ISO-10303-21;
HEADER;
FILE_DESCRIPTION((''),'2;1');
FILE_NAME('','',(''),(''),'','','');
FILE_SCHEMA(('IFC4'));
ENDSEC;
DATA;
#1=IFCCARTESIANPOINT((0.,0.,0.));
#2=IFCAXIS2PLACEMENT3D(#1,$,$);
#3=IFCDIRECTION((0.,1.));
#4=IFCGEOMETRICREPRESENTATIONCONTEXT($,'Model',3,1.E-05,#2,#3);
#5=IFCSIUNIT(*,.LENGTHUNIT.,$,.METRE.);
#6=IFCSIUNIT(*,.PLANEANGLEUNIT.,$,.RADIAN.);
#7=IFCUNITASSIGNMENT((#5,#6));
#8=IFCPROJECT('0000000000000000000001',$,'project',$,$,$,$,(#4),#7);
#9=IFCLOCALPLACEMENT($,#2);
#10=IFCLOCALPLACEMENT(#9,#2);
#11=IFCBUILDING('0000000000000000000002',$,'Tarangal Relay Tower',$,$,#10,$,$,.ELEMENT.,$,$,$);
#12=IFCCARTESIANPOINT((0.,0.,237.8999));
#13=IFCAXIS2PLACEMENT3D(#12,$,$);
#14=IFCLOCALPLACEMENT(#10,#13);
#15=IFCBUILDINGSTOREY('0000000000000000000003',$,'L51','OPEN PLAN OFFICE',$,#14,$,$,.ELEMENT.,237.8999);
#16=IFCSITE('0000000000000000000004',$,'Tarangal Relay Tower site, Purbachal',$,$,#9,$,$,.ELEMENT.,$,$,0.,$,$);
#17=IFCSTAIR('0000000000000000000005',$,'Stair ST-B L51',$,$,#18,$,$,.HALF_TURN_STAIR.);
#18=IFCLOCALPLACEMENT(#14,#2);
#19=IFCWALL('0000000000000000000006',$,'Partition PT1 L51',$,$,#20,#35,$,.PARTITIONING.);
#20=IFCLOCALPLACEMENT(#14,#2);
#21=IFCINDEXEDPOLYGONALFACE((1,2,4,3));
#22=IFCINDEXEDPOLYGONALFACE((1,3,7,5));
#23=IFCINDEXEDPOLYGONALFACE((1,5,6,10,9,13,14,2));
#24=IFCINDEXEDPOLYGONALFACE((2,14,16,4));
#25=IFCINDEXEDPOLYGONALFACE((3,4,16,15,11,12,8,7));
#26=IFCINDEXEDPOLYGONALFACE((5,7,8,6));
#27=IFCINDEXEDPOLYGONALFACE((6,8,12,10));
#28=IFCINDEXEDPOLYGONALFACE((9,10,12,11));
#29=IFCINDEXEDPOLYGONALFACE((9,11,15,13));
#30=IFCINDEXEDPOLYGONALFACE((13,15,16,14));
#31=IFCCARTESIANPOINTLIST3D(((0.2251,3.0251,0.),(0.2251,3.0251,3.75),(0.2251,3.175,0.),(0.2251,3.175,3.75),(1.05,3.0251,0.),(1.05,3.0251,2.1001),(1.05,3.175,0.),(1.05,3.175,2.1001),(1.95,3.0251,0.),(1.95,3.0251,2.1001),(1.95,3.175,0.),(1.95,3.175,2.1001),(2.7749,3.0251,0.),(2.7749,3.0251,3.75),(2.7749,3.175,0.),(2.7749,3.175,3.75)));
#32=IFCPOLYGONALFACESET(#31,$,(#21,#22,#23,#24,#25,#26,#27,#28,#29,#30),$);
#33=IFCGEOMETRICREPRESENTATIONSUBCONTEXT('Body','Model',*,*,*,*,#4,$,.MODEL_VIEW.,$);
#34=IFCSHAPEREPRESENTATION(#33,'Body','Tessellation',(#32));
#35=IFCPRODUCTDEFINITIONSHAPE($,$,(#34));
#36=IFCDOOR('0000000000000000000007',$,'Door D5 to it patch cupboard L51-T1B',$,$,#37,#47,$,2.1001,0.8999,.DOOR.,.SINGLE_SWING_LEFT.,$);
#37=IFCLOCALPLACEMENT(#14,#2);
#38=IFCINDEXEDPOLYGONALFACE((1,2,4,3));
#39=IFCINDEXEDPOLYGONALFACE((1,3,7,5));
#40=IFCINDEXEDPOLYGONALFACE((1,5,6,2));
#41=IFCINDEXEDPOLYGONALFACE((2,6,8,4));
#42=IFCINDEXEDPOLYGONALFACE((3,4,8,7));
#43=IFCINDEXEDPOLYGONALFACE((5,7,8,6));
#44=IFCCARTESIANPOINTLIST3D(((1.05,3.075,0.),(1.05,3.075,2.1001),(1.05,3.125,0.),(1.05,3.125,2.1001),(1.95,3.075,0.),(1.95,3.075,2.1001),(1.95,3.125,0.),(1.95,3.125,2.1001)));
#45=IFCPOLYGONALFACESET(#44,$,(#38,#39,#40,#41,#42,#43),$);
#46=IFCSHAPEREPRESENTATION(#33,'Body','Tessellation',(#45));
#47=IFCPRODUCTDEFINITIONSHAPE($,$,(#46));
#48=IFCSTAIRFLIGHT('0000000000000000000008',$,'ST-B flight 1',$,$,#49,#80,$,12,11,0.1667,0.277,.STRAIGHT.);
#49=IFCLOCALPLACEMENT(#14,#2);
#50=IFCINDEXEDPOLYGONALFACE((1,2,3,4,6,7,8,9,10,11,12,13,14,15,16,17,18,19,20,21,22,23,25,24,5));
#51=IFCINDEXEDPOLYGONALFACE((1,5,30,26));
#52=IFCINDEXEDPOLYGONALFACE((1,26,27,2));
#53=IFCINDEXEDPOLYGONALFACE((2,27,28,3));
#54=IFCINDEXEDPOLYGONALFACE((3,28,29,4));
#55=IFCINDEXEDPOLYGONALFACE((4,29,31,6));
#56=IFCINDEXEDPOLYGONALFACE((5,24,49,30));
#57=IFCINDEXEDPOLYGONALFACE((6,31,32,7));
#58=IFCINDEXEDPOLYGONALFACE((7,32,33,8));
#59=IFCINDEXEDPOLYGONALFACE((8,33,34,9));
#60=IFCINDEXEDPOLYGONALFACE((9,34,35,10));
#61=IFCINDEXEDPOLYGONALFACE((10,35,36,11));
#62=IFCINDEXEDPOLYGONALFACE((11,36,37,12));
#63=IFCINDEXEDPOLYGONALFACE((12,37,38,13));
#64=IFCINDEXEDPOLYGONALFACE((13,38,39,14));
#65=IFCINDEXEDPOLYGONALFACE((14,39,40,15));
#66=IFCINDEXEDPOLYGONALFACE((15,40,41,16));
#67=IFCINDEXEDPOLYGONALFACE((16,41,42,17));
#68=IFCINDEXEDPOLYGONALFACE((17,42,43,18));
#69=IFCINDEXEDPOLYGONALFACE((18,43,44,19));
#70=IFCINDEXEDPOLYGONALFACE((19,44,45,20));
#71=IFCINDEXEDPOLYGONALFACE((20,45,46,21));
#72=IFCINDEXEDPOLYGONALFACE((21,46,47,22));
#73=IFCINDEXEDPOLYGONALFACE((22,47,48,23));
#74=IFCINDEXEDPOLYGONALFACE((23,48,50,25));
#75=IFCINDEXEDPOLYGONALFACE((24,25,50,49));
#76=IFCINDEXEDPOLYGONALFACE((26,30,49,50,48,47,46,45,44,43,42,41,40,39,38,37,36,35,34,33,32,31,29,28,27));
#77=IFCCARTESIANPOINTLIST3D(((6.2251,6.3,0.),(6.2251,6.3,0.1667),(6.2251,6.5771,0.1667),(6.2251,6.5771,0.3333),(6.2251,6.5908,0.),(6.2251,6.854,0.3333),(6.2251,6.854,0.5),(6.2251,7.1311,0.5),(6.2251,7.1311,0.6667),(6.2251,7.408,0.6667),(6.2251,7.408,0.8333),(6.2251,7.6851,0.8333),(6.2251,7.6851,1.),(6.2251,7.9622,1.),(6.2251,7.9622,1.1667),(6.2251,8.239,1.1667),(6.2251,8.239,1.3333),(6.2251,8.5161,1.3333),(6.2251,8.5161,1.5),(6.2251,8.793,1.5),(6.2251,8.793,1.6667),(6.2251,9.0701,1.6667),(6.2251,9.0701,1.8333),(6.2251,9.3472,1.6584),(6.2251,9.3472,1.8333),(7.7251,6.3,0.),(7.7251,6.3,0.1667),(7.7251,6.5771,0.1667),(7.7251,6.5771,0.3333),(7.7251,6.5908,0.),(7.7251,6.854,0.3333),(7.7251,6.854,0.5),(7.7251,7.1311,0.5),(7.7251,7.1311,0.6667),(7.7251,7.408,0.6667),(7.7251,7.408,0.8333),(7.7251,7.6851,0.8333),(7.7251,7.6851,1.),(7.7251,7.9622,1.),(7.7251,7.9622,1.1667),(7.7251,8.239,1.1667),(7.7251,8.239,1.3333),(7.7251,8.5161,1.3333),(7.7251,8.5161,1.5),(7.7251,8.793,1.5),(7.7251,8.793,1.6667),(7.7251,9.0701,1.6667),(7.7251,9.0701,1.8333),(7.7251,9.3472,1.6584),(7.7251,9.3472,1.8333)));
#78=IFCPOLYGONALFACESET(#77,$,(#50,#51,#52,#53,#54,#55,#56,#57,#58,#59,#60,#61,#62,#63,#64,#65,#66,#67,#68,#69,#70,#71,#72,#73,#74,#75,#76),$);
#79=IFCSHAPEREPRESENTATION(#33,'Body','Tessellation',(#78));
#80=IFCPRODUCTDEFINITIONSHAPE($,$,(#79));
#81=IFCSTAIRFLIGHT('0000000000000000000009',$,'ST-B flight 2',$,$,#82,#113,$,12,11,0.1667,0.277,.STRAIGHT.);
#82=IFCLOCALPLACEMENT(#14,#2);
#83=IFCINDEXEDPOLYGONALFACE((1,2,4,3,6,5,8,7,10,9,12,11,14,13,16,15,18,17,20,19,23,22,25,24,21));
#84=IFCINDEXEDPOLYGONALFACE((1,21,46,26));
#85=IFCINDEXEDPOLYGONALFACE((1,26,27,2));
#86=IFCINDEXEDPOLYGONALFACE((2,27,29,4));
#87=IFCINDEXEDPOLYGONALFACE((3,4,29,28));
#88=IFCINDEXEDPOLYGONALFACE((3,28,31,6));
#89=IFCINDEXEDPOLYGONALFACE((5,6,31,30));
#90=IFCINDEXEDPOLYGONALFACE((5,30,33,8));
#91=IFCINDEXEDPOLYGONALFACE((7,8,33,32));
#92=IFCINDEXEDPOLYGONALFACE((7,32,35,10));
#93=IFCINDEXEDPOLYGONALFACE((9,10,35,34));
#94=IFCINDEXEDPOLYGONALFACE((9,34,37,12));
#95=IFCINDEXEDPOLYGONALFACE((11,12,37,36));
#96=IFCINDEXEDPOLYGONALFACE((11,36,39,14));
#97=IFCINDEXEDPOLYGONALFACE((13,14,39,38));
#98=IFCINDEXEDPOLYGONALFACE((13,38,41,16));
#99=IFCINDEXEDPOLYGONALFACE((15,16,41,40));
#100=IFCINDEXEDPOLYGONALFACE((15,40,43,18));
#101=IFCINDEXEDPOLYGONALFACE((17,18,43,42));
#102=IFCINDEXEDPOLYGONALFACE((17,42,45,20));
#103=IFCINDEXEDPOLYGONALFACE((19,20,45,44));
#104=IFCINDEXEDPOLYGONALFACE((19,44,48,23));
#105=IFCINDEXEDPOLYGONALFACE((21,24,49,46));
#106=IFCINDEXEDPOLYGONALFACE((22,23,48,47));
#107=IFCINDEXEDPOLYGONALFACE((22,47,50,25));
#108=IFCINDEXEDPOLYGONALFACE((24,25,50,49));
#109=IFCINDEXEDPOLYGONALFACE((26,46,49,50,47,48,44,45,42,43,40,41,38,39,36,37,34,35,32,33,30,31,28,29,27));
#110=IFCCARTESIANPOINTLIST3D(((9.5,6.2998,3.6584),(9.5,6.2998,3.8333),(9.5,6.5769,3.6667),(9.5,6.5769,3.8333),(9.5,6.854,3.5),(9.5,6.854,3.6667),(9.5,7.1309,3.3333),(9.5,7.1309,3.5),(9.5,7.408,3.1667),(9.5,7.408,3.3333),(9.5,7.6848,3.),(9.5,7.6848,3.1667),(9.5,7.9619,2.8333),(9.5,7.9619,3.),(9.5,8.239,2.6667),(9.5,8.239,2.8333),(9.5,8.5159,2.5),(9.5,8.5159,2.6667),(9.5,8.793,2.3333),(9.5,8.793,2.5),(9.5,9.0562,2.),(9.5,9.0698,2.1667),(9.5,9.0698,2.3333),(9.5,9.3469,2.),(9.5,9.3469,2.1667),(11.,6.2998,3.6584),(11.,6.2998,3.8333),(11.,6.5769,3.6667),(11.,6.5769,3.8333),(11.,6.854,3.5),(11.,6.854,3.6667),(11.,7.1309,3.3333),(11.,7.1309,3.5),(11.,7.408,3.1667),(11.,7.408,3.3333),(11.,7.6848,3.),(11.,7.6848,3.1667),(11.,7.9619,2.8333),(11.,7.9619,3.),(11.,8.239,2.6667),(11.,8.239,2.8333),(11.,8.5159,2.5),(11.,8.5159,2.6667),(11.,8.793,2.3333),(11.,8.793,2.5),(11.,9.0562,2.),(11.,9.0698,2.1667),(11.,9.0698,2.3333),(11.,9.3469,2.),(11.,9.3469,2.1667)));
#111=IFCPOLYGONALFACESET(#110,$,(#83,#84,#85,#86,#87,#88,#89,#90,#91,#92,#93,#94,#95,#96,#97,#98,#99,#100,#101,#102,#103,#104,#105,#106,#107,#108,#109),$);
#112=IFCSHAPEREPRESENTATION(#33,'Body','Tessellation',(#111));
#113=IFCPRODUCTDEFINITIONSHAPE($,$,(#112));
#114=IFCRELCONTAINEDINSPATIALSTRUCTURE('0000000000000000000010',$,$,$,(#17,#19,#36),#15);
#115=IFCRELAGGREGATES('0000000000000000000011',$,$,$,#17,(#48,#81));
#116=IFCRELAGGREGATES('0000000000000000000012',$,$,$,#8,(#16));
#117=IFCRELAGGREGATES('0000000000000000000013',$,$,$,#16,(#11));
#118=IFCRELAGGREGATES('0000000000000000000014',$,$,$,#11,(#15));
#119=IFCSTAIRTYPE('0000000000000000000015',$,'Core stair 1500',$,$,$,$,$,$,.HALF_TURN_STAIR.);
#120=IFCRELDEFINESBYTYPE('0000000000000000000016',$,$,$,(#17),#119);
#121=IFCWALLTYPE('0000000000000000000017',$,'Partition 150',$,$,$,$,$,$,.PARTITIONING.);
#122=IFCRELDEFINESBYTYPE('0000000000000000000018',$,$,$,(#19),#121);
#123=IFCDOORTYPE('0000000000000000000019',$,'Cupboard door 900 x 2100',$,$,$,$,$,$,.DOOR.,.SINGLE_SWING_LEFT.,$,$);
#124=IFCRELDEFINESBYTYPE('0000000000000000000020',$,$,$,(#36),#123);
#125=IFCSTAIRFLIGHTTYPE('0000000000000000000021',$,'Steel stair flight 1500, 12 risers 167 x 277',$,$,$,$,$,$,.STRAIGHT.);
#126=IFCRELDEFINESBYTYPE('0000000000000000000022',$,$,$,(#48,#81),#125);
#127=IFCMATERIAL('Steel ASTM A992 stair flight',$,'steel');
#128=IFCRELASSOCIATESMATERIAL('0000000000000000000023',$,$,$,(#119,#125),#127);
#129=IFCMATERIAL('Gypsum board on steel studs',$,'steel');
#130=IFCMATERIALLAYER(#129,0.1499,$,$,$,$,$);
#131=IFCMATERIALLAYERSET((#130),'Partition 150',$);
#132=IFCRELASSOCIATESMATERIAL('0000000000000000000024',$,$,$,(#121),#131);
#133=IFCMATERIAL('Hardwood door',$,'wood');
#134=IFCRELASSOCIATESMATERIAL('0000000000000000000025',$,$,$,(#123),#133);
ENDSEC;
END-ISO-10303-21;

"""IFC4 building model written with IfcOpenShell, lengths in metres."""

from ifc_helpers import new_model, si_unit, direction, frame, frame_2d, origin, place, context, subcontext, project, spatial, polyline, rectangle, outline, extrude, material, layer, layer_set, type_object, element, fill, aggregate, save


model = new_model("IFC4")

# Units and contexts
model_context = context("Model", 3, precision=1e-05, world=origin(), true_north=direction((0.0, 1.0)))
body_context = subcontext(model_context, "Body", "Model", "MODEL_VIEW")
ifc_project = project(units=[si_unit("LENGTHUNIT", "METRE"), si_unit("PLANEANGLEUNIT", "RADIAN")], contexts=[model_context])

# Site, building, storey
site_placement = place(None, origin())
site = spatial("IfcSite", under=ifc_project, at=site_placement, Name="Tarangal Relay Tower site, Purbachal", CompositionType="ELEMENT", RefElevation=0.0)
building_placement = place(site_placement, origin())
building = spatial("IfcBuilding", under=site, at=building_placement, Name="Tarangal Relay Tower", CompositionType="ELEMENT")
storey_placement = place(building_placement, frame((0.0, 0.0, 237.8999)))
storey = spatial("IfcBuildingStorey", under=building, at=storey_placement, Name="L51", Description="OPEN PLAN OFFICE", CompositionType="ELEMENT", Elevation=237.8999)

# Stair
ifc_material_1 = material(Name="Steel ASTM A992 stair flight", Category="steel")
stair_type = type_object("IfcStairType", Name="Core stair 1500", PredefinedType="HALF_TURN_STAIR", material=ifc_material_1)
stair_1_placement = place(storey_placement, origin())
stair_1 = element("IfcStair", 1, at=stair_1_placement, inside=storey, type_object=stair_type, Name="Stair ST-B L51", PredefinedType="HALF_TURN_STAIR")

# Wall, opening, door
ifc_material_2 = material(Name="Gypsum board on steel studs", Category="steel")
ifc_layer_1 = layer(ifc_material_2, 0.1499)
ifc_layer_set_1 = layer_set([ifc_layer_1], Name="Partition 150")
wall_type_1 = type_object("IfcWallType", Name="Partition 150", PredefinedType="PARTITIONING", material=ifc_layer_set_1)
wall_1_placement = place(storey_placement, frame((0.2251, 3.1001, 0.0), z_axis=(0.0, 0.0, 1.0), x_axis=(1.0, 0.0, 0.0)))
wall_1 = element("IfcWall", 2, at=wall_1_placement, inside=storey, type_object=wall_type_1, Name="Partition PT1 L51", PredefinedType="PARTITIONING", context=body_context, shape_type="SweptSolid", body=[
    extrude(rectangle(XDim=2.5498, YDim=0.1499, at=frame_2d((1.2749, 0.0))), origin(), (0.0, 0.0, 1.0), 3.75),
])
opening_1_placement = place(wall_1_placement, frame((0.825, 0.0, 0.0)))
opening_1 = element("IfcOpeningElement", 3, at=opening_1_placement, cuts=wall_1, PredefinedType="OPENING", context=body_context, shape_type="SweptSolid", body=[
    extrude(rectangle(XDim=0.8999, YDim=2.1001, at=frame_2d((0.45, 1.05))), frame((0.0, 0.085, 0.0), z_axis=(0.0, -1.0, 0.0), x_axis=(1.0, 0.0, 0.0)), (0.0, 0.0, 1.0), 0.1699),
])
ifc_material_3 = material(Name="Hardwood door", Category="wood")
door_type_1 = type_object("IfcDoorType", Name="Cupboard door 900 x 2100", OperationType="SINGLE_SWING_LEFT", PredefinedType="DOOR", material=ifc_material_3)
door_1_placement = place(opening_1_placement, origin())
door_1 = element("IfcDoor", 4, at=door_1_placement, inside=storey, type_object=door_type_1, Name="Door D5 to it patch cupboard L51-T1B", OperationType="SINGLE_SWING_LEFT", OverallHeight=2.1001, OverallWidth=0.8999, PredefinedType="DOOR", context=body_context, shape_type="SweptSolid", body=[
    extrude(rectangle(XDim=0.8999, YDim=2.1001, at=frame_2d((0.45, 1.05))), frame((0.0, 0.0249, 0.0), z_axis=(0.0, -1.0, 0.0), x_axis=(1.0, 0.0, 0.0)), (0.0, 0.0, 1.0), 0.05),
])
fill(opening_1, door_1)

# Stair flights
stair_flight_type = type_object("IfcStairFlightType", Name="Steel stair flight 1500, 12 risers 167 x 277", PredefinedType="STRAIGHT", material=ifc_material_1)
stair_flight_1_placement = place(storey_placement, frame((6.9751, 6.3, 0.0), z_axis=(0.0, 0.0, 1.0), x_axis=(0.0, 1.0, 0.0)))
stair_flight_1 = element("IfcStairFlight", 5, at=stair_flight_1_placement, type_object=stair_flight_type, Name="ST-B flight 1", NumberOfRisers=12, NumberOfTreads=11, PredefinedType="STRAIGHT", RiserHeight=0.1667, TreadLength=0.277, context=body_context, shape_type="SweptSolid", body=[
    extrude(outline(polyline([(0.0, 0.0), (0.0, 0.1667), (0.2771, 0.1667), (0.2771, 0.3333), (0.554, 0.3333), (0.554, 0.5), (0.8311, 0.5), (0.8311, 0.6667), (1.1079, 0.6667), (1.1079, 0.8333), (1.385, 0.8333), (1.385, 1.0), (1.6621, 1.0), (1.6621, 1.1667), (1.939, 1.1667), (1.939, 1.3333), (2.2161, 1.3333), (2.2161, 1.5), (2.4929, 1.5), (2.4929, 1.6667), (2.77, 1.6667), (2.77, 1.8333), (3.0471, 1.8333), (3.0471, 2.0), (3.0471, 1.6584), (0.2908, 0.0), (0.0, 0.0)])), frame((0.0, 0.75, 0.0), z_axis=(0.0, -1.0, 0.0), x_axis=(1.0, 0.0, 0.0)), (0.0, 0.0, 1.0), 1.5),
])
stair_flight_2_placement = place(storey_placement, frame((10.25, 9.3469, 2.0), z_axis=(0.0, 0.0, 1.0), x_axis=(0.0, -1.0, 0.0)))
stair_flight_2 = element("IfcStairFlight", 6, at=stair_flight_2_placement, type_object=stair_flight_type, Name="ST-B flight 2", NumberOfRisers=12, NumberOfTreads=11, PredefinedType="STRAIGHT", RiserHeight=0.1667, TreadLength=0.277, context=body_context, shape_type="SweptSolid", body=[
    extrude(outline(polyline([(0.0, 0.0), (0.0, 0.1667), (0.2771, 0.1667), (0.2771, 0.3333), (0.554, 0.3333), (0.554, 0.5), (0.8311, 0.5), (0.8311, 0.6667), (1.1079, 0.6667), (1.1079, 0.8333), (1.385, 0.8333), (1.385, 1.0), (1.6621, 1.0), (1.6621, 1.1667), (1.939, 1.1667), (1.939, 1.3333), (2.2161, 1.3333), (2.2161, 1.5), (2.4929, 1.5), (2.4929, 1.6667), (2.77, 1.6667), (2.77, 1.8333), (3.0471, 1.8333), (3.0471, 2.0), (3.0471, 1.6584), (0.2908, 0.0), (0.0, 0.0)])), frame((0.0, 0.75, 0.0), z_axis=(0.0, -1.0, 0.0), x_axis=(1.0, 0.0, 0.0)), (0.0, 0.0, 1.0), 1.5),
])
aggregate(stair_1, [stair_flight_1, stair_flight_2])

save(model, "model.ifc")
